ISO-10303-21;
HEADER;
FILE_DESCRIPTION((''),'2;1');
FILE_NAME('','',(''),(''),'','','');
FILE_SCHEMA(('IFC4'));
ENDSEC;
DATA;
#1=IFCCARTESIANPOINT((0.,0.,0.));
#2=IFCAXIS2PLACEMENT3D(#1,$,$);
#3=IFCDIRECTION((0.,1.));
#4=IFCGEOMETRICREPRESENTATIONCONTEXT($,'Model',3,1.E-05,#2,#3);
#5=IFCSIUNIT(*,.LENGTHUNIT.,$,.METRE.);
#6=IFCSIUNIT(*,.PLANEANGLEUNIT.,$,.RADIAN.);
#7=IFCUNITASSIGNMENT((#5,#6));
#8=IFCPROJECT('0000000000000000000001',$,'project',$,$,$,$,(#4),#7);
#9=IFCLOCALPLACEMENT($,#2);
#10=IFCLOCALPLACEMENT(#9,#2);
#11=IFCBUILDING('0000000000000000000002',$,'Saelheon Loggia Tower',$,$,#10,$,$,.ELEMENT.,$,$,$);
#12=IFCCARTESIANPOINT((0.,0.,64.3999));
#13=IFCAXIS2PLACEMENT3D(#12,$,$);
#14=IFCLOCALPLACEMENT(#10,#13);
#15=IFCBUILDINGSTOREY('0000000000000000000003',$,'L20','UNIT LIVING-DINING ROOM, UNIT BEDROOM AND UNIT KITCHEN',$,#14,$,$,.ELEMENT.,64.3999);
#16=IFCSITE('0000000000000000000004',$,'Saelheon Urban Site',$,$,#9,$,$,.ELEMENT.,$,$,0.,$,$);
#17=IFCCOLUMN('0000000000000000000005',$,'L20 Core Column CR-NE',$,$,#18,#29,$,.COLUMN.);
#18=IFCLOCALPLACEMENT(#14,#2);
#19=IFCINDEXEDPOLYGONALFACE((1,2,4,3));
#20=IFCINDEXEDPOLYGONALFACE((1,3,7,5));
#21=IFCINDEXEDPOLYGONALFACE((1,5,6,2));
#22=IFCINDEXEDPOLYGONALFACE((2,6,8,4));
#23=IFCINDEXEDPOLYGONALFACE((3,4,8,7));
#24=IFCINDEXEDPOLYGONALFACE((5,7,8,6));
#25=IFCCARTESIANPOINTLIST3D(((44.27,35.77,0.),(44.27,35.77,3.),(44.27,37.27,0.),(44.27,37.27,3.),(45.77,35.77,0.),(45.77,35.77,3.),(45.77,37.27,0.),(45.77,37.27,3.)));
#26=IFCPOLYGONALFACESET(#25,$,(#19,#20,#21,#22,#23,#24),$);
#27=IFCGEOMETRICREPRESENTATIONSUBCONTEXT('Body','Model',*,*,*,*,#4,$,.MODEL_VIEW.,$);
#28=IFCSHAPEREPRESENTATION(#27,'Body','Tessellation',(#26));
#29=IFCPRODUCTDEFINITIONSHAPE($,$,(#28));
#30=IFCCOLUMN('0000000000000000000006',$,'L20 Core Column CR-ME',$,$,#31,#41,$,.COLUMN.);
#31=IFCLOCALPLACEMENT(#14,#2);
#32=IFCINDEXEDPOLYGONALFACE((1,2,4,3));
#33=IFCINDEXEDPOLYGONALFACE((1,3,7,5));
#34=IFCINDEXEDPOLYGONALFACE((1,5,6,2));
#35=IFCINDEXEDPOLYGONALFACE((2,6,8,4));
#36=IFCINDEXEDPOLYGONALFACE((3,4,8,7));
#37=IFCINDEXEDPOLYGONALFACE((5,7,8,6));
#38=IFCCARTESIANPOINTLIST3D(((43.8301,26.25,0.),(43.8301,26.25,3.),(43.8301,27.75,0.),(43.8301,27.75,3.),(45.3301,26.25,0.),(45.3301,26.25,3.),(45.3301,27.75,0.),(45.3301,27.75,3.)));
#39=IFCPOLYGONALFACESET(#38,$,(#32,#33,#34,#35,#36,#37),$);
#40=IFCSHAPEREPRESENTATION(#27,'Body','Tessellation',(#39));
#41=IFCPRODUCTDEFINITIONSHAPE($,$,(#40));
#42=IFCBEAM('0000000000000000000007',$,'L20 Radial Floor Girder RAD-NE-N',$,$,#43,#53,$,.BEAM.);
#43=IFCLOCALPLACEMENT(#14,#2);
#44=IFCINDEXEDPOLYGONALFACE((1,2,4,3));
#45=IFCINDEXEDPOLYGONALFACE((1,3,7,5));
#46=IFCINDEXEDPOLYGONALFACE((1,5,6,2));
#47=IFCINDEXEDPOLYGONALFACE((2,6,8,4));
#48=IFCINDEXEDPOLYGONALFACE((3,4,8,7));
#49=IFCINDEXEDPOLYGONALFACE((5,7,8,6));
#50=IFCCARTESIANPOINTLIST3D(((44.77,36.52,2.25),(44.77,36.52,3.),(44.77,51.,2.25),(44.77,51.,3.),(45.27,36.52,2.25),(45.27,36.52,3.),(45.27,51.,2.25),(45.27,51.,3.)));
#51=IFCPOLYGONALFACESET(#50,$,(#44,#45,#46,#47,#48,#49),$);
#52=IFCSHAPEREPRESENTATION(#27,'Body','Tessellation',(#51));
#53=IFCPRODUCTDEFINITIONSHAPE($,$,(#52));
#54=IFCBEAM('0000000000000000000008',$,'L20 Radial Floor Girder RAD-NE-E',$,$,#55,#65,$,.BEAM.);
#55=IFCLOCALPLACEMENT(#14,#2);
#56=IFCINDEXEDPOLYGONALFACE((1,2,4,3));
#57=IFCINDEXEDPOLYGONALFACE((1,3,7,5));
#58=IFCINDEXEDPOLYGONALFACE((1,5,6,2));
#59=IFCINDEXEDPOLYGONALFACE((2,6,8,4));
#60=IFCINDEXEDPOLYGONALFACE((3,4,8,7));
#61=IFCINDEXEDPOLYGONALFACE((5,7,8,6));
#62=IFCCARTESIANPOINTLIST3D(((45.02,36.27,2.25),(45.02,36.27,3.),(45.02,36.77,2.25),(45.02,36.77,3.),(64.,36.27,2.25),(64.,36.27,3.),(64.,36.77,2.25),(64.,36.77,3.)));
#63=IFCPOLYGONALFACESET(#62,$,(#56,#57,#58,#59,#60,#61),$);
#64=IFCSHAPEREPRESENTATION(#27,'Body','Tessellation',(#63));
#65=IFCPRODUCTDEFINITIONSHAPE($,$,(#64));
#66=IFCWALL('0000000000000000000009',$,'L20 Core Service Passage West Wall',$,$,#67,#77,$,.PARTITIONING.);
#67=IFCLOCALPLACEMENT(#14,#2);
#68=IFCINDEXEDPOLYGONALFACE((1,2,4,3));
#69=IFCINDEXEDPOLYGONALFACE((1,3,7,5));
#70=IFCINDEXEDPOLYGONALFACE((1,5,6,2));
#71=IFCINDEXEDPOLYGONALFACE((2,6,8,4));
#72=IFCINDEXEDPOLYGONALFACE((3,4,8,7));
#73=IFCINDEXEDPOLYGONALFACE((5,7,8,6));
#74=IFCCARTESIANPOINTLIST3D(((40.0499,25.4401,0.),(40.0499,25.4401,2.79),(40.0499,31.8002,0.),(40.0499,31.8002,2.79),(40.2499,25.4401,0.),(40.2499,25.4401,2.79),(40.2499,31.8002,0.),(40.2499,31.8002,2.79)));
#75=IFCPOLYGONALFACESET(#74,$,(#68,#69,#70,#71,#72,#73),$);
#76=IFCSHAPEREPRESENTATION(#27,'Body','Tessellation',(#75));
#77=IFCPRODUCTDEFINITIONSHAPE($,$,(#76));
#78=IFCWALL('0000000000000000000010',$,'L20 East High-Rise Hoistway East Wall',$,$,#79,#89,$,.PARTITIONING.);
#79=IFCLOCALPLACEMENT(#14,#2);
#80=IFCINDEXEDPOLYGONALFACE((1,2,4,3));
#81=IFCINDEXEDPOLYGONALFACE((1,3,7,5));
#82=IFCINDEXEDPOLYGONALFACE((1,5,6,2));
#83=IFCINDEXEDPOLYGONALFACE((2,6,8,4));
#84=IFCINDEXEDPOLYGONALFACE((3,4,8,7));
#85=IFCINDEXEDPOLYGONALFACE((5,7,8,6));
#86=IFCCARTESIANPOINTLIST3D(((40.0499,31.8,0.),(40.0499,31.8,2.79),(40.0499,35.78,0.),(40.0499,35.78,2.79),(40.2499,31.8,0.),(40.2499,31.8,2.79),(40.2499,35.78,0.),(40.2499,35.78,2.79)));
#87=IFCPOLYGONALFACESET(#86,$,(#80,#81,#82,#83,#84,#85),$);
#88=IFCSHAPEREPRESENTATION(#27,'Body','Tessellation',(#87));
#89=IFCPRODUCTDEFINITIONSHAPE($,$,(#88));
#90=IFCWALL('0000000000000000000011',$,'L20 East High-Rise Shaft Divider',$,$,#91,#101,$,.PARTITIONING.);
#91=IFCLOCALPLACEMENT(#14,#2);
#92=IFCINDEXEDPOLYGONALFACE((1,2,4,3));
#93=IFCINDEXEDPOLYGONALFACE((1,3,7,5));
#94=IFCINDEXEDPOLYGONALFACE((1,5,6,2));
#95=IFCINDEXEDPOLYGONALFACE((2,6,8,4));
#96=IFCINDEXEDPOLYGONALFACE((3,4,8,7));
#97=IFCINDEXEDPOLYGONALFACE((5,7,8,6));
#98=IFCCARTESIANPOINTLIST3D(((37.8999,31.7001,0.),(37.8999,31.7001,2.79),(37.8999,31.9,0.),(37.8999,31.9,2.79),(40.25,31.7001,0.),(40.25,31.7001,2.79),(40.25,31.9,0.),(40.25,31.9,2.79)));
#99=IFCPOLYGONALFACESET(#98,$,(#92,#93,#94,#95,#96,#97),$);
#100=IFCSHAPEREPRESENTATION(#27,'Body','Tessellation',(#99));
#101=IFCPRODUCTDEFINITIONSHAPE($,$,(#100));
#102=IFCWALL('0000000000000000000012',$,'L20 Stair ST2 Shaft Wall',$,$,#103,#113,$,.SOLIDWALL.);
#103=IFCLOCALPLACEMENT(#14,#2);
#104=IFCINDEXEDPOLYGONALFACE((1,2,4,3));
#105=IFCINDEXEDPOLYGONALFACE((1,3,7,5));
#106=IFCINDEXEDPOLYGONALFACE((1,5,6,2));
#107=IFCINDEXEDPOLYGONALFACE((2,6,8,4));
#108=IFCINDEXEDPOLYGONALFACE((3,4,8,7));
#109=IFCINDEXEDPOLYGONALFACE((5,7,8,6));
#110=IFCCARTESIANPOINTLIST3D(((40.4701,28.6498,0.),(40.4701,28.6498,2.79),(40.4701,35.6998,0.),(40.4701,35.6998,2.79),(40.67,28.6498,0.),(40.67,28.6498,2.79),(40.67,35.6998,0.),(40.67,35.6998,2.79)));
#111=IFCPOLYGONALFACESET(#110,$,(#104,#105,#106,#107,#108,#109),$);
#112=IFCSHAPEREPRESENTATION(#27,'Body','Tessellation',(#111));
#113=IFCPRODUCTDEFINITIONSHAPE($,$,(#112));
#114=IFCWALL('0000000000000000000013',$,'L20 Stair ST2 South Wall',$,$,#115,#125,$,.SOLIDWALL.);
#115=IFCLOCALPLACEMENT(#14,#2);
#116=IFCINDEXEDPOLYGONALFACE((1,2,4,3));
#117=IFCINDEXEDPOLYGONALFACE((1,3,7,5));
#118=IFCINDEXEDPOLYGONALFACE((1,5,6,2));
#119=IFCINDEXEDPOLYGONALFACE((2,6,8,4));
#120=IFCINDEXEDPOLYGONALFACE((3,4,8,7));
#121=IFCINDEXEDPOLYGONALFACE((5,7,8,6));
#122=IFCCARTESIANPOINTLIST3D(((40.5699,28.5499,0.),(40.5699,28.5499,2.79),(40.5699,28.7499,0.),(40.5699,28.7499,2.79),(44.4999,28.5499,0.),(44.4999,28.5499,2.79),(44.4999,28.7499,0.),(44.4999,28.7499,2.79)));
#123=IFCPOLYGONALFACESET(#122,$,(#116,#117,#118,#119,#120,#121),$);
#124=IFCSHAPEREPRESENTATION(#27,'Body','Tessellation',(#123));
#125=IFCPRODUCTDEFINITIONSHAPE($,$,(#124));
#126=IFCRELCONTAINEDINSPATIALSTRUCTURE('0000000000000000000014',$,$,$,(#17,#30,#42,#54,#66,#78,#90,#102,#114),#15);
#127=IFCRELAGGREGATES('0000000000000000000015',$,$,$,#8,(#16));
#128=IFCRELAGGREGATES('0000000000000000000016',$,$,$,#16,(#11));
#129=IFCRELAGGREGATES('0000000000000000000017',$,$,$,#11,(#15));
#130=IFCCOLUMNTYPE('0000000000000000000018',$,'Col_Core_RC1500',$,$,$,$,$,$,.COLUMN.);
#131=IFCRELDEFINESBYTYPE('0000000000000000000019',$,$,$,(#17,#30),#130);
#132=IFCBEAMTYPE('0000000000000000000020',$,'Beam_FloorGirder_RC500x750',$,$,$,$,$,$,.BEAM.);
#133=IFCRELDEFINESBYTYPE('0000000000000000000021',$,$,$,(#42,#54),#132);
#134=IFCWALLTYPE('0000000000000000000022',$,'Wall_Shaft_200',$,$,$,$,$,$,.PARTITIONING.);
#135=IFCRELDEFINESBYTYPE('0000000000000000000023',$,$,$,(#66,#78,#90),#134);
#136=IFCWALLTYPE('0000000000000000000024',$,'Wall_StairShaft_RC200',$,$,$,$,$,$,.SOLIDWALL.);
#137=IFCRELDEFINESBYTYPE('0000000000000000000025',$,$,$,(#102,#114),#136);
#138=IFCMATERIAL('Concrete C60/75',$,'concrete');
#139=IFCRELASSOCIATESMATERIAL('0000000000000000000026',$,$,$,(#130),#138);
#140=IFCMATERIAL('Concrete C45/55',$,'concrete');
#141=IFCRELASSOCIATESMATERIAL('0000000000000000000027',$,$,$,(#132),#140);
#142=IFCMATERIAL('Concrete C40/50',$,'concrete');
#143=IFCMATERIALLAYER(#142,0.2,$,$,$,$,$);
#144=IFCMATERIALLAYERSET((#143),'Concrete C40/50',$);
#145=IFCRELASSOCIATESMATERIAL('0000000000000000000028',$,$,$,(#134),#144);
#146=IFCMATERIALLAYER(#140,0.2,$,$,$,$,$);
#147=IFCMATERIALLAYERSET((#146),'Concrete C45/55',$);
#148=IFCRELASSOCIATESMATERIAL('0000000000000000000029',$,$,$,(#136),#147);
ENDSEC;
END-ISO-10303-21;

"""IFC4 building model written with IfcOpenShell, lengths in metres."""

from ifc_helpers import new_model, si_unit, direction, frame, frame_2d, origin, origin_2d, place, context, subcontext, project, spatial, rectangle, extrude, source, transform, mapped, material, layer, layer_set, material_profile, profile_set, type_object, element, save


model = new_model("IFC4")

# Units and contexts
model_context = context("Model", 3, precision=1e-05, world=origin(), true_north=direction((0.0, 1.0)))
body_context = subcontext(model_context, "Body", "Model", "MODEL_VIEW")
ifc_project = project(units=[si_unit("LENGTHUNIT", "METRE"), si_unit("PLANEANGLEUNIT", "RADIAN")], contexts=[model_context])

# Site, building, storey
site_placement = place(None, origin())
site = spatial("IfcSite", under=ifc_project, at=site_placement, Name="Saelheon Urban Site", CompositionType="ELEMENT", RefElevation=0.0)
building_placement = place(site_placement, origin())
building = spatial("IfcBuilding", under=site, at=building_placement, Name="Saelheon Loggia Tower", CompositionType="ELEMENT")
storey_placement = place(building_placement, frame((0.0, 0.0, 64.3999)))
storey = spatial("IfcBuildingStorey", under=building, at=storey_placement, Name="L20", Description="UNIT LIVING-DINING ROOM, UNIT BEDROOM AND UNIT KITCHEN", CompositionType="ELEMENT", Elevation=64.3999)

# Columns
ifc_material_1 = material(Name="Concrete C60/75", Category="concrete")
ifc_material_profile_1 = material_profile(ifc_material_1, rectangle(XDim=1.5, YDim=1.5, at=origin_2d()), Name="RC-1500x1500")
ifc_profile_set_1 = profile_set([ifc_material_profile_1], Name="Concrete C60/75")
column_type = type_object("IfcColumnType", Name="Col_Core_RC1500", PredefinedType="COLUMN", material=ifc_profile_set_1)
shared_shape_1 = source(origin(), body_context, "Body", "SweptSolid", [
    extrude(rectangle(XDim=1.5, YDim=1.5, at=origin_2d()), origin(), (0.0, 0.0, 1.0), 3.0),
])
for number, where, z_axis, x_axis, name in (
    (1, (45.02, 36.52, 0.0), (0.0, 0.0, 1.0), (1.0, 0.0, 0.0), "L20 Core Column CR-NE"),
    (2, (44.5801, 27.0, 0.0), (0.0, 0.0, 1.0), (1.0, 0.0, 0.0), "L20 Core Column CR-ME"),
):
    element("IfcColumn", number, at=place(storey_placement, frame(where, z_axis=z_axis, x_axis=x_axis)), inside=storey, type_object=column_type, Name=name, PredefinedType="COLUMN", context=body_context, shape_type="MappedRepresentation", body=[
        mapped(shared_shape_1, transform((0.0, 0.0, 0.0), scale=1.0)),
    ])

# Beams
ifc_material_2 = material(Name="Concrete C45/55", Category="concrete")
ifc_material_profile_2 = material_profile(ifc_material_2, rectangle(XDim=0.5, YDim=0.75, at=origin_2d()), Name="RC-500x750")
ifc_profile_set_2 = profile_set([ifc_material_profile_2], Name="Concrete C45/55")
beam_type = type_object("IfcBeamType", Name="Beam_FloorGirder_RC500x750", PredefinedType="BEAM", material=ifc_profile_set_2)
shared_shape_2 = source(origin(), body_context, "Body", "SweptSolid", [
    extrude(rectangle(XDim=0.5, YDim=0.75, at=origin_2d()), origin(), (0.0, 0.0, 1.0), 14.48),
])
beam_1_placement = place(storey_placement, frame((45.02, 36.52, 2.625), z_axis=(0.0, 1.0, 0.0), x_axis=(-1.0, 0.0, 0.0)))
element("IfcBeam", 3, at=beam_1_placement, inside=storey, type_object=beam_type, Name="L20 Radial Floor Girder RAD-NE-N", PredefinedType="BEAM", context=body_context, shape_type="MappedRepresentation", body=[
    mapped(shared_shape_2, transform((0.0, 0.0, 0.0), scale=1.0)),
])
shared_shape_3 = source(origin(), body_context, "Body", "SweptSolid", [
    extrude(rectangle(XDim=0.5, YDim=0.75, at=origin_2d()), origin(), (0.0, 0.0, 1.0), 18.98),
])
beam_2_placement = place(storey_placement, frame((45.02, 36.52, 2.625), z_axis=(1.0, 0.0, 0.0), x_axis=(0.0, 1.0, 0.0)))
element("IfcBeam", 4, at=beam_2_placement, inside=storey, type_object=beam_type, Name="L20 Radial Floor Girder RAD-NE-E", PredefinedType="BEAM", context=body_context, shape_type="MappedRepresentation", body=[
    mapped(shared_shape_3, transform((0.0, 0.0, 0.0), scale=1.0)),
])

# Walls
ifc_material_3 = material(Name="Concrete C40/50", Category="concrete")
ifc_layer_1 = layer(ifc_material_3, 0.2)
ifc_layer_set_1 = layer_set([ifc_layer_1], Name="Concrete C40/50")
wall_type_1 = type_object("IfcWallType", Name="Wall_Shaft_200", PredefinedType="PARTITIONING", material=ifc_layer_set_1)
wall_1_placement = place(storey_placement, frame((40.1499, 25.4399, 0.0), z_axis=(0.0, 0.0, 1.0), x_axis=(0.0, 1.0, 0.0)))
element("IfcWall", 5, at=wall_1_placement, inside=storey, type_object=wall_type_1, Name="L20 Core Service Passage West Wall", PredefinedType="PARTITIONING", context=body_context, shape_type="SweptSolid", body=[
    extrude(rectangle(XDim=6.3601, YDim=0.2, at=frame_2d((3.1802, 0.0))), origin(), (0.0, 0.0, 1.0), 2.79),
])
wall_2_placement = place(storey_placement, frame((40.1499, 31.8, 0.0), z_axis=(0.0, 0.0, 1.0), x_axis=(0.0, 1.0, 0.0)))
element("IfcWall", 6, at=wall_2_placement, inside=storey, type_object=wall_type_1, Name="L20 East High-Rise Hoistway East Wall", PredefinedType="PARTITIONING", context=body_context, shape_type="SweptSolid", body=[
    extrude(rectangle(XDim=3.98, YDim=0.2, at=frame_2d((1.99, 0.0))), origin(), (0.0, 0.0, 1.0), 2.79),
])
wall_3_placement = place(storey_placement, frame((37.8999, 31.8, 0.0), z_axis=(0.0, 0.0, 1.0), x_axis=(1.0, 0.0, 0.0)))
element("IfcWall", 7, at=wall_3_placement, inside=storey, type_object=wall_type_1, Name="L20 East High-Rise Shaft Divider", PredefinedType="PARTITIONING", context=body_context, shape_type="SweptSolid", body=[
    extrude(rectangle(XDim=2.3501, YDim=0.2, at=frame_2d((1.175, 0.0))), origin(), (0.0, 0.0, 1.0), 2.79),
])
ifc_layer_2 = layer(ifc_material_2, 0.2)
ifc_layer_set_2 = layer_set([ifc_layer_2], Name="Concrete C45/55")
wall_type_2 = type_object("IfcWallType", Name="Wall_StairShaft_RC200", PredefinedType="SOLIDWALL", material=ifc_layer_set_2)
wall_4_placement = place(storey_placement, frame((40.5701, 28.6499, 0.0), z_axis=(0.0, 0.0, 1.0), x_axis=(0.0, 1.0, 0.0)))
element("IfcWall", 8, at=wall_4_placement, inside=storey, type_object=wall_type_2, Name="L20 Stair ST2 Shaft Wall", PredefinedType="SOLIDWALL", context=body_context, shape_type="SweptSolid", body=[
    extrude(rectangle(XDim=7.05, YDim=0.2, at=frame_2d((3.5249, 0.0))), origin(), (0.0, 0.0, 1.0), 2.79),
])
wall_5_placement = place(storey_placement, frame((40.5701, 28.6499, 0.0), z_axis=(0.0, 0.0, 1.0), x_axis=(1.0, 0.0, 0.0)))
element("IfcWall", 9, at=wall_5_placement, inside=storey, type_object=wall_type_2, Name="L20 Stair ST2 South Wall", PredefinedType="SOLIDWALL", context=body_context, shape_type="SweptSolid", body=[
    extrude(rectangle(XDim=3.9299, YDim=0.2, at=frame_2d((1.9648, 0.0))), origin(), (0.0, 0.0, 1.0), 2.79),
])

save(model, "model.ifc")
